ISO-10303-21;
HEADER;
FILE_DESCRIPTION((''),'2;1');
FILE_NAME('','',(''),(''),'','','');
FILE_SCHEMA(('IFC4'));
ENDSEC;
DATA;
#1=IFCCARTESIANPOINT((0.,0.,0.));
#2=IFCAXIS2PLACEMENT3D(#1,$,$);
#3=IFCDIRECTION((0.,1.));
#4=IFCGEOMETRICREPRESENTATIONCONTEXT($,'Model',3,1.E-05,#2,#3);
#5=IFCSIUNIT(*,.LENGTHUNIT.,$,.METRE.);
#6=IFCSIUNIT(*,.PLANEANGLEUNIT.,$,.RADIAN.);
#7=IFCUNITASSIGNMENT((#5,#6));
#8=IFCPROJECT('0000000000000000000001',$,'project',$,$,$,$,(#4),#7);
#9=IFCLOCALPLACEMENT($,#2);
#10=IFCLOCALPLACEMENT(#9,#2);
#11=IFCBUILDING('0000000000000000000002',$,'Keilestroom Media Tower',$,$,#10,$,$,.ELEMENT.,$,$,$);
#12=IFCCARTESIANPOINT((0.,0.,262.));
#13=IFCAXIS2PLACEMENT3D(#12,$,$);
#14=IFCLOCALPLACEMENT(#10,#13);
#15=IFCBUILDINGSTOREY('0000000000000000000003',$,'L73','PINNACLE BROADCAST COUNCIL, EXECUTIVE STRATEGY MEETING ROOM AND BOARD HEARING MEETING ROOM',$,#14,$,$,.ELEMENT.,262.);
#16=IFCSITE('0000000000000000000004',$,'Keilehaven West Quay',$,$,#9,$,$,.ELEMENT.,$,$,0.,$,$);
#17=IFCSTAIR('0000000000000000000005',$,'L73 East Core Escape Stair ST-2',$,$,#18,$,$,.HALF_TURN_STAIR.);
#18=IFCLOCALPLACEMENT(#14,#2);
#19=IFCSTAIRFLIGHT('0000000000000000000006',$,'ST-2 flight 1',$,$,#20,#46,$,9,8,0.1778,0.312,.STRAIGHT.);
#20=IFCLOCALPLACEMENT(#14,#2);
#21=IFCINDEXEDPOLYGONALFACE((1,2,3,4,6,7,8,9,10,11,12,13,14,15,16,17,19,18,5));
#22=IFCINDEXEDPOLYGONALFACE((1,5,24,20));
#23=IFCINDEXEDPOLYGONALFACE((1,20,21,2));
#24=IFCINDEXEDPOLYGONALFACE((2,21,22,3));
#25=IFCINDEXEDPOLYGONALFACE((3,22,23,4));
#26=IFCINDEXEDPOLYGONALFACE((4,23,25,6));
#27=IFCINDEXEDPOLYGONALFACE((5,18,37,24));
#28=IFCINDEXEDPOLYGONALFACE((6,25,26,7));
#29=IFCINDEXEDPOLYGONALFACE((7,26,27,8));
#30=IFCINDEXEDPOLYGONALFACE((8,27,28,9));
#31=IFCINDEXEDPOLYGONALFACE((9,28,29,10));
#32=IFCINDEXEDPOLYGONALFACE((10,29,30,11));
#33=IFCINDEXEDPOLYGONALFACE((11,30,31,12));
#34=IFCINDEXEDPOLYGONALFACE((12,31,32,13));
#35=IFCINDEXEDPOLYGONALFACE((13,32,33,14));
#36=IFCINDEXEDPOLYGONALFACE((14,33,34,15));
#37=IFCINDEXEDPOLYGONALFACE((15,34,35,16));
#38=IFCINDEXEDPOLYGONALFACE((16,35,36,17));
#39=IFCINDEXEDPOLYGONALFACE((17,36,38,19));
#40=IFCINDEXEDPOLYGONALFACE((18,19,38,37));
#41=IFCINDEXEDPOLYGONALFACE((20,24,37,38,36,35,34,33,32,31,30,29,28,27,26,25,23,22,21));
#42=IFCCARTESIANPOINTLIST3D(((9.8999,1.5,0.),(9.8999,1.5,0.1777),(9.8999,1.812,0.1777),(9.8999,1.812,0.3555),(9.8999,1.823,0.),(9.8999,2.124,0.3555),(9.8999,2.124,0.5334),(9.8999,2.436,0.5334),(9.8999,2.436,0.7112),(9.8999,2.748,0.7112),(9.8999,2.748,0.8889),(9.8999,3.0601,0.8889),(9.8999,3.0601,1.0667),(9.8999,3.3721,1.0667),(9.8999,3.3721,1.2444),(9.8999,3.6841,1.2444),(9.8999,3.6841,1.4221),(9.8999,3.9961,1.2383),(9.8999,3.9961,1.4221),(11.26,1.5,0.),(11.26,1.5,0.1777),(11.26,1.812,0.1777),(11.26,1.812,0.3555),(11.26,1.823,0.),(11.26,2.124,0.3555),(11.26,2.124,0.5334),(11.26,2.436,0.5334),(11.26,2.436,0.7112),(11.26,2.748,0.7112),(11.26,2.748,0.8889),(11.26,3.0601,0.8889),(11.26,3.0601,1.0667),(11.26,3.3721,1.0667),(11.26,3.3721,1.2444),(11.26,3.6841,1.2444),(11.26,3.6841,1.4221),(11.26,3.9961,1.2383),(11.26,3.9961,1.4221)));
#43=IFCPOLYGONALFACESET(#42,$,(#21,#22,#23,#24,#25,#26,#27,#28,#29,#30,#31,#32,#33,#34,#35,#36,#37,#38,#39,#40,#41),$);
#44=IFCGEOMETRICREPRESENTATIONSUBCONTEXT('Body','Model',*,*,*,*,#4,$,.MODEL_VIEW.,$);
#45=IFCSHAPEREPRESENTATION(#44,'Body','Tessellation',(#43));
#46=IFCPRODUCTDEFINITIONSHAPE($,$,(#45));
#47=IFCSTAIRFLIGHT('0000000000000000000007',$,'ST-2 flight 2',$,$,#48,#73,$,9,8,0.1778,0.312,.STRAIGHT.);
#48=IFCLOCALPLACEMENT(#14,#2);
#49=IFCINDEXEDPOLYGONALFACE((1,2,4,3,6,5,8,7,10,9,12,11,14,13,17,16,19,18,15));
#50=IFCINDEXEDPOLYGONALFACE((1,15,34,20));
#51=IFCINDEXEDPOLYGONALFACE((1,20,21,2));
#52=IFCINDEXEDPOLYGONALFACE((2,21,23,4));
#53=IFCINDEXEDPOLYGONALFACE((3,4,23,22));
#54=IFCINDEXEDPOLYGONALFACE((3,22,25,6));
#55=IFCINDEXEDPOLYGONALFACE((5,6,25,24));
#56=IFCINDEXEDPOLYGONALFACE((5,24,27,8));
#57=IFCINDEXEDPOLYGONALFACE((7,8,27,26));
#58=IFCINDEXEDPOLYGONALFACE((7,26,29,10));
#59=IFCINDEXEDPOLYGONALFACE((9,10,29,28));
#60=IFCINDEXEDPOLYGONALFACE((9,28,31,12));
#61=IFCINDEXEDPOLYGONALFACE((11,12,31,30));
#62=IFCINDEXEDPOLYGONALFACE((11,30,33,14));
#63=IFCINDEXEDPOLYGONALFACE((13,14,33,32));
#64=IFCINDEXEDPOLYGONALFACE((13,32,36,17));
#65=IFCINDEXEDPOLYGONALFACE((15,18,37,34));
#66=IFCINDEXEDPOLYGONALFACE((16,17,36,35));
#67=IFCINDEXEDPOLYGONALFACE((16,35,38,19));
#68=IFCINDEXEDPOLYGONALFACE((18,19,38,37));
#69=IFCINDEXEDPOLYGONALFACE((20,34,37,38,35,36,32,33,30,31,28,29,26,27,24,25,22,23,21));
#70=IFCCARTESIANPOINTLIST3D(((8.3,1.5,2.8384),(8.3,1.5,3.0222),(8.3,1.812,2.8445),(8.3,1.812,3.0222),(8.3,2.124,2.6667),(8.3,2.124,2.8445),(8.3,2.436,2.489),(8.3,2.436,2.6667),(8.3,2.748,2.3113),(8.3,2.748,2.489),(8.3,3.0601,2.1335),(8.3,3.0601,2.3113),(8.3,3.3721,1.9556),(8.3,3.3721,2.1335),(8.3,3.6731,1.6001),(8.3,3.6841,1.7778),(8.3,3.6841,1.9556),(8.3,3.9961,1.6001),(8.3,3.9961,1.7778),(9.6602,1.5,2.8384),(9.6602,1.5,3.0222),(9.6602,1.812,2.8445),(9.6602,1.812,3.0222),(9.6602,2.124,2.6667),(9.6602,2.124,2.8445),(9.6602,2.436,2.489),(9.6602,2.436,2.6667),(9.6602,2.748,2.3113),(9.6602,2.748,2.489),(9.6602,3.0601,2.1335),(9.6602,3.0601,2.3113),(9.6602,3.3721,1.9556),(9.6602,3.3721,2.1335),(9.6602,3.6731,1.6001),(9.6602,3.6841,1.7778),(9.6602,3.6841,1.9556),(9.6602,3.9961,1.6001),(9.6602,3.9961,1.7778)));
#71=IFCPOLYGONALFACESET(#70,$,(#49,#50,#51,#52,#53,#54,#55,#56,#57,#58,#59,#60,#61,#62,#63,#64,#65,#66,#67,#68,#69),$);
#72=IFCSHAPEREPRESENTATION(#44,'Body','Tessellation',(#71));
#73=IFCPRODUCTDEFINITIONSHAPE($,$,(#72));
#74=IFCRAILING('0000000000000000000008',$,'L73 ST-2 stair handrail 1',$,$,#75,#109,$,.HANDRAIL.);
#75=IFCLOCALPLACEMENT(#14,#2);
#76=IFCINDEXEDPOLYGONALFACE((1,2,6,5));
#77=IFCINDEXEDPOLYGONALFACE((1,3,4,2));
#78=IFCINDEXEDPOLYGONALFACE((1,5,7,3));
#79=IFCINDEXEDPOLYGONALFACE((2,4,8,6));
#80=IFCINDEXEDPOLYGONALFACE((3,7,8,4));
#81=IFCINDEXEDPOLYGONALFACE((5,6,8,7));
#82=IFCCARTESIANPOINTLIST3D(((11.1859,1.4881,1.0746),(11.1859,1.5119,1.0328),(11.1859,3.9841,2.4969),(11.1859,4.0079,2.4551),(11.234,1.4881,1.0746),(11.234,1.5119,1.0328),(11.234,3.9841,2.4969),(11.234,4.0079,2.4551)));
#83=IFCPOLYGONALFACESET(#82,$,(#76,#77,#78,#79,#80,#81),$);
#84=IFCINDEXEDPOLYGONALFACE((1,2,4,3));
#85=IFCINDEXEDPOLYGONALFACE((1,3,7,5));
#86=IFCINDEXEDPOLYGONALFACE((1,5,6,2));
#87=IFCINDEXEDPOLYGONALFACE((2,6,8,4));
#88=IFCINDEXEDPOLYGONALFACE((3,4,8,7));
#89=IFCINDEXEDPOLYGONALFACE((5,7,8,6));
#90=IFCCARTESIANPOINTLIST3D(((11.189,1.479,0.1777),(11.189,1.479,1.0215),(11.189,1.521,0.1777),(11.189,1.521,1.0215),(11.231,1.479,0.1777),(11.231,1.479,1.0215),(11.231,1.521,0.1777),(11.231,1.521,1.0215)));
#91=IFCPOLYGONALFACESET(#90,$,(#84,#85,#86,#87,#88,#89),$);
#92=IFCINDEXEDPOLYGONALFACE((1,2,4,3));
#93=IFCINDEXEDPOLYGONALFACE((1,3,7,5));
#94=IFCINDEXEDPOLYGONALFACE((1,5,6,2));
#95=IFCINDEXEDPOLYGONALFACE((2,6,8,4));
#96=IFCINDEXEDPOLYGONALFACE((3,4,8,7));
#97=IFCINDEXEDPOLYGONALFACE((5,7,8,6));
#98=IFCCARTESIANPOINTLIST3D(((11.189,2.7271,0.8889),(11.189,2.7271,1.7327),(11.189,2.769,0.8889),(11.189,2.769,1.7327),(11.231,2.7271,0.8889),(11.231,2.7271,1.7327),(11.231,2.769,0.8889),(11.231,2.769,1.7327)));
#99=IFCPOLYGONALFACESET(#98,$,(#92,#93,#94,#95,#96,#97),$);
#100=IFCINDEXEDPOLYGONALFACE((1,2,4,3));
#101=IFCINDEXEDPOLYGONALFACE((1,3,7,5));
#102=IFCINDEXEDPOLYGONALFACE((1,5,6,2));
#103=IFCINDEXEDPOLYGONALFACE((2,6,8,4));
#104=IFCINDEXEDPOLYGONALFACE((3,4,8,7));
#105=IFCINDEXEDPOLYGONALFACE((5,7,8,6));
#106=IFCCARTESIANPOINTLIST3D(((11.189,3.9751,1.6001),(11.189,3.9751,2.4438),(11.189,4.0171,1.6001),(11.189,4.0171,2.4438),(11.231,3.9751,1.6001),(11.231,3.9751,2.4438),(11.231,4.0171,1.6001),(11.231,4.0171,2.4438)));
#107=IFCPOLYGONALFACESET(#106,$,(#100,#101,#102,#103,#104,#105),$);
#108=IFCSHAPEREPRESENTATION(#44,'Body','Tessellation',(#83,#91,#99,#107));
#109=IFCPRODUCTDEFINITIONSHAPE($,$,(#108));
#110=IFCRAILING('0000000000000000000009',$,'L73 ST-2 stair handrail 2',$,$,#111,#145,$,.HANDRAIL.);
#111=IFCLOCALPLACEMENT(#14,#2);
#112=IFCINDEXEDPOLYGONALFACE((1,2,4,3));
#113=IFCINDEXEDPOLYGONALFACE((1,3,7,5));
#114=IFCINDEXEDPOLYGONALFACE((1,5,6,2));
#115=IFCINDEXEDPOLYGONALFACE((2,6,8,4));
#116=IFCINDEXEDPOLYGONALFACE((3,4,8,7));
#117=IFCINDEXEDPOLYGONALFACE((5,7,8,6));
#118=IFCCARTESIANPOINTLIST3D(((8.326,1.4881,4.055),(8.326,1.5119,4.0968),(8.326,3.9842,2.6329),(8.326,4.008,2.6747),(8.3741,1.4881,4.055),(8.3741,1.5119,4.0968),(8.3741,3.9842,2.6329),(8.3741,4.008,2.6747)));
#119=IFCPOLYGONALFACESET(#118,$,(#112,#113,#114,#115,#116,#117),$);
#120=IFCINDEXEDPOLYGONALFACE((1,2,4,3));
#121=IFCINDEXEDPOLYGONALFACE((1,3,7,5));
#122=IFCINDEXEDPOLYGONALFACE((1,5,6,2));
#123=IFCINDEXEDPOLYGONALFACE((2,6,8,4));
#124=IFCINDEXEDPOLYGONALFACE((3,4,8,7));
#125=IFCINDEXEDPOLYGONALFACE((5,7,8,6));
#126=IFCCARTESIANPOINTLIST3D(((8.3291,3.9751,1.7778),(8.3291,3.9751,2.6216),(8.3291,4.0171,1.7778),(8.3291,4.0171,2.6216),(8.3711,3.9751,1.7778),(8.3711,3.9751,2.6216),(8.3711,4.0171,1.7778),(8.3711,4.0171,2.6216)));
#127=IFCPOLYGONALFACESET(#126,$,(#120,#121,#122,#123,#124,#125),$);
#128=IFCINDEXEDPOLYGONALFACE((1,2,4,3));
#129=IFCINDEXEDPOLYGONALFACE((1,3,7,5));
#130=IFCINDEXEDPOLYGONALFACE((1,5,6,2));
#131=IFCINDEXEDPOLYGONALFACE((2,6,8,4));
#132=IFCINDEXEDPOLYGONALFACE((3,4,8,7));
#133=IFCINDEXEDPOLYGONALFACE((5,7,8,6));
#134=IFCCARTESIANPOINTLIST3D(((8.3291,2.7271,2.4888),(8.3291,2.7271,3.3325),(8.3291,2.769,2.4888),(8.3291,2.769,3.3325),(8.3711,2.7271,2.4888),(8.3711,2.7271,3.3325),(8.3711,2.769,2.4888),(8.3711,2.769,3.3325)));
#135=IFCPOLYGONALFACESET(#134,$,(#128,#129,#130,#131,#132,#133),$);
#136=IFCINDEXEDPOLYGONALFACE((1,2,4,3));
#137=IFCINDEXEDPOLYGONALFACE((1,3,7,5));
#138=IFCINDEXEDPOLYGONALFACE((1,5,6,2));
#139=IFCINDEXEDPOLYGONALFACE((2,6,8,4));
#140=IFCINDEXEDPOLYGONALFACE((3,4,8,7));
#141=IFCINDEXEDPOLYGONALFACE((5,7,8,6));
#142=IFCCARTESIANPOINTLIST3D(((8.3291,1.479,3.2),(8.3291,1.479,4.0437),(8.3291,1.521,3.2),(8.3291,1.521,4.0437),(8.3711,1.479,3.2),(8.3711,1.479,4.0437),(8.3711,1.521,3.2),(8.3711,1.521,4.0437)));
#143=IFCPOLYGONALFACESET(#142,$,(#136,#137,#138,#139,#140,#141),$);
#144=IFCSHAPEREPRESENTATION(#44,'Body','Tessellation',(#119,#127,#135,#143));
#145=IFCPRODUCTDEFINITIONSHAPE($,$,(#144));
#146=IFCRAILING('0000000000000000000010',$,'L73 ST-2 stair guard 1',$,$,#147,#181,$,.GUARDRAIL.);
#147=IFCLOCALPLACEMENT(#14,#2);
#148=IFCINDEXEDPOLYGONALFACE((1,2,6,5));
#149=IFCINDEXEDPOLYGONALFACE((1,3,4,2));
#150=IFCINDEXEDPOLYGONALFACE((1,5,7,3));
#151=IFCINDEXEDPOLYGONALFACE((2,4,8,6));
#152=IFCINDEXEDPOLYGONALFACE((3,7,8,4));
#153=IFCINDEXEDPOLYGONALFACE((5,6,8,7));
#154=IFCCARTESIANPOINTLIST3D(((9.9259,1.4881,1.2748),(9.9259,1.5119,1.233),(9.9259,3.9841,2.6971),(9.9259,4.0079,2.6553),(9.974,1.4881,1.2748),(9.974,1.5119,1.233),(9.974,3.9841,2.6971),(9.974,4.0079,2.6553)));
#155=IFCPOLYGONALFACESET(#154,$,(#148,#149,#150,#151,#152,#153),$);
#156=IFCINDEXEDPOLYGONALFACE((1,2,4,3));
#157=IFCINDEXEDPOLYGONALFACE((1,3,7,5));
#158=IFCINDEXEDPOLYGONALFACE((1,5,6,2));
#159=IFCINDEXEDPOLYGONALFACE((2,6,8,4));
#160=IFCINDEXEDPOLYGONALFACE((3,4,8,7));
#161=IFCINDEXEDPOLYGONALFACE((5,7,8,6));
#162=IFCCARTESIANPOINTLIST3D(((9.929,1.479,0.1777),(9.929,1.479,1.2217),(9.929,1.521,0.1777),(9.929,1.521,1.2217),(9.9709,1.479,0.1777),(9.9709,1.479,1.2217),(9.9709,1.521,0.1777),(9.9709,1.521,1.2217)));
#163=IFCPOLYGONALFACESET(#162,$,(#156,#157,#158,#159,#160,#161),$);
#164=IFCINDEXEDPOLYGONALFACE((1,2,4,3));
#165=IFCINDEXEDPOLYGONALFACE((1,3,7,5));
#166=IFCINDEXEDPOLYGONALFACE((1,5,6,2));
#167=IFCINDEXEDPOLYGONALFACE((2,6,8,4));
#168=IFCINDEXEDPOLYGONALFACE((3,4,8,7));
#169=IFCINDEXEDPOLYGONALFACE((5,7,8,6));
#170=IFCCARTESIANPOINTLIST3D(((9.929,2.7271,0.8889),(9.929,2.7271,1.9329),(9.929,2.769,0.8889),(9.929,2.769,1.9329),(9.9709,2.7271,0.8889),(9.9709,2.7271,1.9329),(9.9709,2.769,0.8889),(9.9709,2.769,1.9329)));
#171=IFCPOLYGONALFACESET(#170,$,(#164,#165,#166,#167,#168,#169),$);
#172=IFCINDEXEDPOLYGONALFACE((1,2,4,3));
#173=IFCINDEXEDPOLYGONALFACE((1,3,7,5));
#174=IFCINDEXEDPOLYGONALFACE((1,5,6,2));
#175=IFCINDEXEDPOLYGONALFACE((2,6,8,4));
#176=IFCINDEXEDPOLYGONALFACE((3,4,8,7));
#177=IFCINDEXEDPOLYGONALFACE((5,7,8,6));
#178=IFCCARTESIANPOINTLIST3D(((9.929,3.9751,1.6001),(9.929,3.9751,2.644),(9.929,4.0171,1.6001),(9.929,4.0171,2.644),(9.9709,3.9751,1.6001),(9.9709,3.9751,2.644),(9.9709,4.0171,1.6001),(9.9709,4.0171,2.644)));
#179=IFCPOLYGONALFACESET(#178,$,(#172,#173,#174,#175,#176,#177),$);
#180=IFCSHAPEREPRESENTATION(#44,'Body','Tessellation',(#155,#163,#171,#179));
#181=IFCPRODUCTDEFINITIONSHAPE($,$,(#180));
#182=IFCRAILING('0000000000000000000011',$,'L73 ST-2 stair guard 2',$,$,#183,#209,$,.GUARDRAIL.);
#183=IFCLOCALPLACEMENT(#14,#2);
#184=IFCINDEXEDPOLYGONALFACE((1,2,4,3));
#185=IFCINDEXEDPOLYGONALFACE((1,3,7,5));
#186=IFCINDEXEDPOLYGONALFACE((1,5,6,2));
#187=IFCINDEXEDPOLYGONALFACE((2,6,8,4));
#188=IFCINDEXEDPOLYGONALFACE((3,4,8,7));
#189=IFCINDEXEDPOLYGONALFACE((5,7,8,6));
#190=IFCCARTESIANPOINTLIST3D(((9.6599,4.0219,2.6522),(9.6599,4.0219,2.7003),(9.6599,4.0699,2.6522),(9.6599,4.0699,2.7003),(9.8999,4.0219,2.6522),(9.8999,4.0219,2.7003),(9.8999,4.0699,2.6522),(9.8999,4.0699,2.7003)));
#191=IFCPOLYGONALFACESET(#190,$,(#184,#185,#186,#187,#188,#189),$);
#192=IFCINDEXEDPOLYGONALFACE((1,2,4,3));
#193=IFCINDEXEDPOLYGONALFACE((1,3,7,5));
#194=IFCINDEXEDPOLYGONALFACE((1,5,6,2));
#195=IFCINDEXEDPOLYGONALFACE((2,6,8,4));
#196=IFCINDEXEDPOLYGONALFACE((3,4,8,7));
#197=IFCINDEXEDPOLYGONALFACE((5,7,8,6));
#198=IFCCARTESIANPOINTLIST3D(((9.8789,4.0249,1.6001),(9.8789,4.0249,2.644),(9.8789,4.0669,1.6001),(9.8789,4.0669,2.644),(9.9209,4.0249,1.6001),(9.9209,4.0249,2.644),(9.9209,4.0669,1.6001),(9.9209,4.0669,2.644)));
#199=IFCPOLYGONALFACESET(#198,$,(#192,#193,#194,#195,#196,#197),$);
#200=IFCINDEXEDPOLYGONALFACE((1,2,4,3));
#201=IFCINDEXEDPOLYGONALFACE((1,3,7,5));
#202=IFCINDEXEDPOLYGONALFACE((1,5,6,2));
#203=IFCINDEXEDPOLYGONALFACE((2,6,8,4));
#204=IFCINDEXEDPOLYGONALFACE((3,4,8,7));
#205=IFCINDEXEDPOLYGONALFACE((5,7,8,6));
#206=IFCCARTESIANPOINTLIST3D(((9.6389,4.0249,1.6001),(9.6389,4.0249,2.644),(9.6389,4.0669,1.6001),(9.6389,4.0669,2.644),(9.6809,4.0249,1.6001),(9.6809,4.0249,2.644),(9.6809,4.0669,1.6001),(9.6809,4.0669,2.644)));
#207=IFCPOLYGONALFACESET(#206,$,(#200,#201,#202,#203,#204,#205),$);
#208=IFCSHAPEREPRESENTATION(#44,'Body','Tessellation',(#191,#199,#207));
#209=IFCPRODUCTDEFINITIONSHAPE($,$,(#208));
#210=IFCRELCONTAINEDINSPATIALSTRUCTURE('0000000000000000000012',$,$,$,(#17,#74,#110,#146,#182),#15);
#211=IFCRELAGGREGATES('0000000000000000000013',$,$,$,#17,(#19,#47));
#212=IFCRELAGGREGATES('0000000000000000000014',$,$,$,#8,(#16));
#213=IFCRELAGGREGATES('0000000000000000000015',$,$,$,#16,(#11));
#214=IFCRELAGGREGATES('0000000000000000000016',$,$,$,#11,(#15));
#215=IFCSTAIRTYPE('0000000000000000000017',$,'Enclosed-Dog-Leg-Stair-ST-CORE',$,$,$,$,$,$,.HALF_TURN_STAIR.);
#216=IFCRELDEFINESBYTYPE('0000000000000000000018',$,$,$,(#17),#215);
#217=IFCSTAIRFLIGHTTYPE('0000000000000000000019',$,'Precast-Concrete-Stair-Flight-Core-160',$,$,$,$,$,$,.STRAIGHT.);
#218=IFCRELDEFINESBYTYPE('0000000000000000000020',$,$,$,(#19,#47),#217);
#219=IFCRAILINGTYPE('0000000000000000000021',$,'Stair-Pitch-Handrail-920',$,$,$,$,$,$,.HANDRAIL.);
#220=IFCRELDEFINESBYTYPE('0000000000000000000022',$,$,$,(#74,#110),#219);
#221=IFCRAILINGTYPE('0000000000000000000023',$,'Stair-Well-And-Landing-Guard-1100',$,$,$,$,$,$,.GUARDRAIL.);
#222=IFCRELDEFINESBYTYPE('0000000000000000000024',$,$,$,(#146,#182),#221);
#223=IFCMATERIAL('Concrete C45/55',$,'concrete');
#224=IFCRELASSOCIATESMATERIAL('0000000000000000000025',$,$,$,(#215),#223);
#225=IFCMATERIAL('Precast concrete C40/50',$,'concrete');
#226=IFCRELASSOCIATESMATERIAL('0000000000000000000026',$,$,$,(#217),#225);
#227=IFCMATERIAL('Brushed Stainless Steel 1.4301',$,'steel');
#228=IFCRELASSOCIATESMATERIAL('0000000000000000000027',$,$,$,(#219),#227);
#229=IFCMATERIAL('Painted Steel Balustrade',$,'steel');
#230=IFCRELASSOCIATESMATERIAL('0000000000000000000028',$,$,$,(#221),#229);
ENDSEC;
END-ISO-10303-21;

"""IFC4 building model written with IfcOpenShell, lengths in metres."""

from ifc_helpers import new_model, si_unit, direction, frame, origin, origin_2d, place, context, subcontext, project, spatial, polyline, rectangle, outline, extrude, material, type_object, element, aggregate, save


model = new_model("IFC4")

# Units and contexts
model_context = context("Model", 3, precision=1e-05, world=origin(), true_north=direction((0.0, 1.0)))
body_context = subcontext(model_context, "Body", "Model", "MODEL_VIEW")
ifc_project = project(units=[si_unit("LENGTHUNIT", "METRE"), si_unit("PLANEANGLEUNIT", "RADIAN")], contexts=[model_context])

# Site, building, storey
site_placement = place(None, origin())
site = spatial("IfcSite", under=ifc_project, at=site_placement, Name="Keilehaven West Quay", CompositionType="ELEMENT", RefElevation=0.0)
building_placement = place(site_placement, origin())
building = spatial("IfcBuilding", under=site, at=building_placement, Name="Keilestroom Media Tower", CompositionType="ELEMENT")
storey_placement = place(building_placement, frame((0.0, 0.0, 262.0)))
storey = spatial("IfcBuildingStorey", under=building, at=storey_placement, Name="L73", Description="PINNACLE BROADCAST COUNCIL, EXECUTIVE STRATEGY MEETING ROOM AND BOARD HEARING MEETING ROOM", CompositionType="ELEMENT", Elevation=262.0)

# Shared definitions
ifc_material_1 = material(Name="Precast concrete C40/50", Category="concrete")

# Stair
ifc_material_2 = material(Name="Concrete C45/55", Category="concrete")
stair_type = type_object("IfcStairType", Name="Enclosed-Dog-Leg-Stair-ST-CORE", PredefinedType="HALF_TURN_STAIR", material=ifc_material_2)
stair_1_placement = place(storey_placement, origin())
stair_1 = element("IfcStair", 1, at=stair_1_placement, inside=storey, type_object=stair_type, Name="L73 East Core Escape Stair ST-2", PredefinedType="HALF_TURN_STAIR")

# Stair flights
stair_flight_type = type_object("IfcStairFlightType", Name="Precast-Concrete-Stair-Flight-Core-160", PredefinedType="STRAIGHT", material=ifc_material_1)
stair_flight_1_placement = place(storey_placement, frame((10.5801, 1.5, 0.0), z_axis=(0.0, 0.0, 1.0), x_axis=(0.0, 1.0, 0.0)))
stair_flight_1 = element("IfcStairFlight", 2, at=stair_flight_1_placement, type_object=stair_flight_type, Name="ST-2 flight 1", NumberOfRisers=9, NumberOfTreads=8, PredefinedType="STRAIGHT", RiserHeight=0.1778, TreadLength=0.312, context=body_context, shape_type="SweptSolid", body=[
    extrude(outline(polyline([(0.0, 0.0), (0.0, 0.1777), (0.312, 0.1777), (0.312, 0.3555), (0.624, 0.3555), (0.624, 0.5334), (0.936, 0.5334), (0.936, 0.7112), (1.248, 0.7112), (1.248, 0.8889), (1.5601, 0.8889), (1.5601, 1.0667), (1.8721, 1.0667), (1.8721, 1.2444), (2.1841, 1.2444), (2.1841, 1.4221), (2.4961, 1.4221), (2.4961, 1.6001), (2.4961, 1.2383), (0.323, 0.0), (0.0, 0.0)])), frame((0.0, 0.6802, 0.0), z_axis=(0.0, -1.0, 0.0), x_axis=(1.0, 0.0, 0.0)), (0.0, 0.0, 1.0), 1.3601),
])
stair_flight_2_placement = place(storey_placement, frame((8.98, 3.9961, 1.6001), z_axis=(0.0, 0.0, 1.0), x_axis=(0.0, -1.0, 0.0)))
stair_flight_2 = element("IfcStairFlight", 3, at=stair_flight_2_placement, type_object=stair_flight_type, Name="ST-2 flight 2", NumberOfRisers=9, NumberOfTreads=8, PredefinedType="STRAIGHT", RiserHeight=0.1778, TreadLength=0.312, context=body_context, shape_type="SweptSolid", body=[
    extrude(outline(polyline([(0.0, 0.0), (0.0, 0.1777), (0.312, 0.1777), (0.312, 0.3555), (0.624, 0.3555), (0.624, 0.5334), (0.936, 0.5334), (0.936, 0.7112), (1.248, 0.7112), (1.248, 0.8889), (1.5601, 0.8889), (1.5601, 1.0667), (1.8721, 1.0667), (1.8721, 1.2444), (2.1841, 1.2444), (2.1841, 1.4221), (2.4961, 1.4221), (2.4961, 1.6001), (2.4961, 1.2383), (0.323, 0.0), (0.0, 0.0)])), frame((0.0, 0.6802, 0.0), z_axis=(0.0, -1.0, 0.0), x_axis=(1.0, 0.0, 0.0)), (0.0, 0.0, 1.0), 1.3601),
])
aggregate(stair_1, [stair_flight_1, stair_flight_2])

# Railings
ifc_material_3 = material(Name="Brushed Stainless Steel 1.4301", Category="steel")
railing_type_1 = type_object("IfcRailingType", Name="Stair-Pitch-Handrail-920", PredefinedType="HANDRAIL", material=ifc_material_3)
railing_1_placement = place(storey_placement, frame((11.21, 1.5, 0.1777)))
element("IfcRailing", 4, at=railing_1_placement, inside=storey, type_object=railing_type_1, Name="L73 ST-2 stair handrail 1", PredefinedType="HANDRAIL", context=body_context, shape_type="SweptSolid", body=[
    extrude(rectangle(XDim=0.0481, YDim=0.0481, at=origin_2d()), frame((0.0, 0.0, 0.876), z_axis=(0.0, 0.868839, 0.495095), x_axis=(-1.0, 0.0, 0.0)), (0.0, 0.0, 1.0), 2.8728),
    extrude(rectangle(XDim=0.042, YDim=0.042, at=origin_2d()), origin(), (0.0, 0.0, 1.0), 0.8438),
    extrude(rectangle(XDim=0.042, YDim=0.042, at=origin_2d()), frame((0.0, 1.248, 0.7112)), (0.0, 0.0, 1.0), 0.8438),
    extrude(rectangle(XDim=0.042, YDim=0.042, at=origin_2d()), frame((0.0, 2.4961, 1.4224)), (0.0, 0.0, 1.0), 0.8438),
])
railing_2_placement = place(storey_placement, frame((8.3501, 3.9961, 1.7778)))
element("IfcRailing", 5, at=railing_2_placement, inside=storey, type_object=railing_type_1, Name="L73 ST-2 stair handrail 2", PredefinedType="HANDRAIL", context=body_context, shape_type="SweptSolid", body=[
    extrude(rectangle(XDim=0.0481, YDim=0.0481, at=origin_2d()), frame((0.0, 0.0, 0.876), z_axis=(0.0, -0.868875, 0.495031), x_axis=(1.0, 0.0, 0.0)), (0.0, 0.0, 1.0), 2.8728),
    extrude(rectangle(XDim=0.042, YDim=0.042, at=origin_2d()), origin(), (0.0, 0.0, 1.0), 0.8438),
    extrude(rectangle(XDim=0.042, YDim=0.042, at=origin_2d()), frame((0.0, -1.248, 0.7109)), (0.0, 0.0, 1.0), 0.8438),
    extrude(rectangle(XDim=0.042, YDim=0.042, at=origin_2d()), frame((0.0, -2.4961, 1.4221)), (0.0, 0.0, 1.0), 0.8438),
])
ifc_material_4 = material(Name="Painted Steel Balustrade", Category="steel")
railing_type_2 = type_object("IfcRailingType", Name="Stair-Well-And-Landing-Guard-1100", PredefinedType="GUARDRAIL", material=ifc_material_4)
railing_3_placement = place(storey_placement, frame((9.95, 1.5, 0.1777)))
element("IfcRailing", 6, at=railing_3_placement, inside=storey, type_object=railing_type_2, Name="L73 ST-2 stair guard 1", PredefinedType="GUARDRAIL", context=body_context, shape_type="SweptSolid", body=[
    extrude(rectangle(XDim=0.0481, YDim=0.0481, at=origin_2d()), frame((0.0, 0.0, 1.0762), z_axis=(0.0, 0.868839, 0.495095), x_axis=(-1.0, 0.0, 0.0)), (0.0, 0.0, 1.0), 2.8728),
    extrude(rectangle(XDim=0.042, YDim=0.042, at=origin_2d()), origin(), (0.0, 0.0, 1.0), 1.0439),
    extrude(rectangle(XDim=0.042, YDim=0.042, at=origin_2d()), frame((0.0, 1.248, 0.7112)), (0.0, 0.0, 1.0), 1.0439),
    extrude(rectangle(XDim=0.042, YDim=0.042, at=origin_2d()), frame((0.0, 2.4961, 1.4224)), (0.0, 0.0, 1.0), 1.0439),
])
railing_4_placement = place(storey_placement, frame((9.8999, 4.0459, 1.6001)))
element("IfcRailing", 7, at=railing_4_placement, inside=storey, type_object=railing_type_2, Name="L73 ST-2 stair guard 2", PredefinedType="GUARDRAIL", context=body_context, shape_type="SweptSolid", body=[
    extrude(rectangle(XDim=0.0481, YDim=0.0481, at=origin_2d()), frame((0.0, 0.0, 1.0762), z_axis=(-1.0, 0.0, 0.0), x_axis=(0.0, -1.0, 0.0)), (0.0, 0.0, 1.0), 0.24),
    extrude(rectangle(XDim=0.042, YDim=0.042, at=origin_2d()), origin(), (0.0, 0.0, 1.0), 1.0439),
    extrude(rectangle(XDim=0.042, YDim=0.042, at=origin_2d()), frame((-0.24, 0.0, 0.0)), (0.0, 0.0, 1.0), 1.0439),
])

save(model, "model.ifc")
